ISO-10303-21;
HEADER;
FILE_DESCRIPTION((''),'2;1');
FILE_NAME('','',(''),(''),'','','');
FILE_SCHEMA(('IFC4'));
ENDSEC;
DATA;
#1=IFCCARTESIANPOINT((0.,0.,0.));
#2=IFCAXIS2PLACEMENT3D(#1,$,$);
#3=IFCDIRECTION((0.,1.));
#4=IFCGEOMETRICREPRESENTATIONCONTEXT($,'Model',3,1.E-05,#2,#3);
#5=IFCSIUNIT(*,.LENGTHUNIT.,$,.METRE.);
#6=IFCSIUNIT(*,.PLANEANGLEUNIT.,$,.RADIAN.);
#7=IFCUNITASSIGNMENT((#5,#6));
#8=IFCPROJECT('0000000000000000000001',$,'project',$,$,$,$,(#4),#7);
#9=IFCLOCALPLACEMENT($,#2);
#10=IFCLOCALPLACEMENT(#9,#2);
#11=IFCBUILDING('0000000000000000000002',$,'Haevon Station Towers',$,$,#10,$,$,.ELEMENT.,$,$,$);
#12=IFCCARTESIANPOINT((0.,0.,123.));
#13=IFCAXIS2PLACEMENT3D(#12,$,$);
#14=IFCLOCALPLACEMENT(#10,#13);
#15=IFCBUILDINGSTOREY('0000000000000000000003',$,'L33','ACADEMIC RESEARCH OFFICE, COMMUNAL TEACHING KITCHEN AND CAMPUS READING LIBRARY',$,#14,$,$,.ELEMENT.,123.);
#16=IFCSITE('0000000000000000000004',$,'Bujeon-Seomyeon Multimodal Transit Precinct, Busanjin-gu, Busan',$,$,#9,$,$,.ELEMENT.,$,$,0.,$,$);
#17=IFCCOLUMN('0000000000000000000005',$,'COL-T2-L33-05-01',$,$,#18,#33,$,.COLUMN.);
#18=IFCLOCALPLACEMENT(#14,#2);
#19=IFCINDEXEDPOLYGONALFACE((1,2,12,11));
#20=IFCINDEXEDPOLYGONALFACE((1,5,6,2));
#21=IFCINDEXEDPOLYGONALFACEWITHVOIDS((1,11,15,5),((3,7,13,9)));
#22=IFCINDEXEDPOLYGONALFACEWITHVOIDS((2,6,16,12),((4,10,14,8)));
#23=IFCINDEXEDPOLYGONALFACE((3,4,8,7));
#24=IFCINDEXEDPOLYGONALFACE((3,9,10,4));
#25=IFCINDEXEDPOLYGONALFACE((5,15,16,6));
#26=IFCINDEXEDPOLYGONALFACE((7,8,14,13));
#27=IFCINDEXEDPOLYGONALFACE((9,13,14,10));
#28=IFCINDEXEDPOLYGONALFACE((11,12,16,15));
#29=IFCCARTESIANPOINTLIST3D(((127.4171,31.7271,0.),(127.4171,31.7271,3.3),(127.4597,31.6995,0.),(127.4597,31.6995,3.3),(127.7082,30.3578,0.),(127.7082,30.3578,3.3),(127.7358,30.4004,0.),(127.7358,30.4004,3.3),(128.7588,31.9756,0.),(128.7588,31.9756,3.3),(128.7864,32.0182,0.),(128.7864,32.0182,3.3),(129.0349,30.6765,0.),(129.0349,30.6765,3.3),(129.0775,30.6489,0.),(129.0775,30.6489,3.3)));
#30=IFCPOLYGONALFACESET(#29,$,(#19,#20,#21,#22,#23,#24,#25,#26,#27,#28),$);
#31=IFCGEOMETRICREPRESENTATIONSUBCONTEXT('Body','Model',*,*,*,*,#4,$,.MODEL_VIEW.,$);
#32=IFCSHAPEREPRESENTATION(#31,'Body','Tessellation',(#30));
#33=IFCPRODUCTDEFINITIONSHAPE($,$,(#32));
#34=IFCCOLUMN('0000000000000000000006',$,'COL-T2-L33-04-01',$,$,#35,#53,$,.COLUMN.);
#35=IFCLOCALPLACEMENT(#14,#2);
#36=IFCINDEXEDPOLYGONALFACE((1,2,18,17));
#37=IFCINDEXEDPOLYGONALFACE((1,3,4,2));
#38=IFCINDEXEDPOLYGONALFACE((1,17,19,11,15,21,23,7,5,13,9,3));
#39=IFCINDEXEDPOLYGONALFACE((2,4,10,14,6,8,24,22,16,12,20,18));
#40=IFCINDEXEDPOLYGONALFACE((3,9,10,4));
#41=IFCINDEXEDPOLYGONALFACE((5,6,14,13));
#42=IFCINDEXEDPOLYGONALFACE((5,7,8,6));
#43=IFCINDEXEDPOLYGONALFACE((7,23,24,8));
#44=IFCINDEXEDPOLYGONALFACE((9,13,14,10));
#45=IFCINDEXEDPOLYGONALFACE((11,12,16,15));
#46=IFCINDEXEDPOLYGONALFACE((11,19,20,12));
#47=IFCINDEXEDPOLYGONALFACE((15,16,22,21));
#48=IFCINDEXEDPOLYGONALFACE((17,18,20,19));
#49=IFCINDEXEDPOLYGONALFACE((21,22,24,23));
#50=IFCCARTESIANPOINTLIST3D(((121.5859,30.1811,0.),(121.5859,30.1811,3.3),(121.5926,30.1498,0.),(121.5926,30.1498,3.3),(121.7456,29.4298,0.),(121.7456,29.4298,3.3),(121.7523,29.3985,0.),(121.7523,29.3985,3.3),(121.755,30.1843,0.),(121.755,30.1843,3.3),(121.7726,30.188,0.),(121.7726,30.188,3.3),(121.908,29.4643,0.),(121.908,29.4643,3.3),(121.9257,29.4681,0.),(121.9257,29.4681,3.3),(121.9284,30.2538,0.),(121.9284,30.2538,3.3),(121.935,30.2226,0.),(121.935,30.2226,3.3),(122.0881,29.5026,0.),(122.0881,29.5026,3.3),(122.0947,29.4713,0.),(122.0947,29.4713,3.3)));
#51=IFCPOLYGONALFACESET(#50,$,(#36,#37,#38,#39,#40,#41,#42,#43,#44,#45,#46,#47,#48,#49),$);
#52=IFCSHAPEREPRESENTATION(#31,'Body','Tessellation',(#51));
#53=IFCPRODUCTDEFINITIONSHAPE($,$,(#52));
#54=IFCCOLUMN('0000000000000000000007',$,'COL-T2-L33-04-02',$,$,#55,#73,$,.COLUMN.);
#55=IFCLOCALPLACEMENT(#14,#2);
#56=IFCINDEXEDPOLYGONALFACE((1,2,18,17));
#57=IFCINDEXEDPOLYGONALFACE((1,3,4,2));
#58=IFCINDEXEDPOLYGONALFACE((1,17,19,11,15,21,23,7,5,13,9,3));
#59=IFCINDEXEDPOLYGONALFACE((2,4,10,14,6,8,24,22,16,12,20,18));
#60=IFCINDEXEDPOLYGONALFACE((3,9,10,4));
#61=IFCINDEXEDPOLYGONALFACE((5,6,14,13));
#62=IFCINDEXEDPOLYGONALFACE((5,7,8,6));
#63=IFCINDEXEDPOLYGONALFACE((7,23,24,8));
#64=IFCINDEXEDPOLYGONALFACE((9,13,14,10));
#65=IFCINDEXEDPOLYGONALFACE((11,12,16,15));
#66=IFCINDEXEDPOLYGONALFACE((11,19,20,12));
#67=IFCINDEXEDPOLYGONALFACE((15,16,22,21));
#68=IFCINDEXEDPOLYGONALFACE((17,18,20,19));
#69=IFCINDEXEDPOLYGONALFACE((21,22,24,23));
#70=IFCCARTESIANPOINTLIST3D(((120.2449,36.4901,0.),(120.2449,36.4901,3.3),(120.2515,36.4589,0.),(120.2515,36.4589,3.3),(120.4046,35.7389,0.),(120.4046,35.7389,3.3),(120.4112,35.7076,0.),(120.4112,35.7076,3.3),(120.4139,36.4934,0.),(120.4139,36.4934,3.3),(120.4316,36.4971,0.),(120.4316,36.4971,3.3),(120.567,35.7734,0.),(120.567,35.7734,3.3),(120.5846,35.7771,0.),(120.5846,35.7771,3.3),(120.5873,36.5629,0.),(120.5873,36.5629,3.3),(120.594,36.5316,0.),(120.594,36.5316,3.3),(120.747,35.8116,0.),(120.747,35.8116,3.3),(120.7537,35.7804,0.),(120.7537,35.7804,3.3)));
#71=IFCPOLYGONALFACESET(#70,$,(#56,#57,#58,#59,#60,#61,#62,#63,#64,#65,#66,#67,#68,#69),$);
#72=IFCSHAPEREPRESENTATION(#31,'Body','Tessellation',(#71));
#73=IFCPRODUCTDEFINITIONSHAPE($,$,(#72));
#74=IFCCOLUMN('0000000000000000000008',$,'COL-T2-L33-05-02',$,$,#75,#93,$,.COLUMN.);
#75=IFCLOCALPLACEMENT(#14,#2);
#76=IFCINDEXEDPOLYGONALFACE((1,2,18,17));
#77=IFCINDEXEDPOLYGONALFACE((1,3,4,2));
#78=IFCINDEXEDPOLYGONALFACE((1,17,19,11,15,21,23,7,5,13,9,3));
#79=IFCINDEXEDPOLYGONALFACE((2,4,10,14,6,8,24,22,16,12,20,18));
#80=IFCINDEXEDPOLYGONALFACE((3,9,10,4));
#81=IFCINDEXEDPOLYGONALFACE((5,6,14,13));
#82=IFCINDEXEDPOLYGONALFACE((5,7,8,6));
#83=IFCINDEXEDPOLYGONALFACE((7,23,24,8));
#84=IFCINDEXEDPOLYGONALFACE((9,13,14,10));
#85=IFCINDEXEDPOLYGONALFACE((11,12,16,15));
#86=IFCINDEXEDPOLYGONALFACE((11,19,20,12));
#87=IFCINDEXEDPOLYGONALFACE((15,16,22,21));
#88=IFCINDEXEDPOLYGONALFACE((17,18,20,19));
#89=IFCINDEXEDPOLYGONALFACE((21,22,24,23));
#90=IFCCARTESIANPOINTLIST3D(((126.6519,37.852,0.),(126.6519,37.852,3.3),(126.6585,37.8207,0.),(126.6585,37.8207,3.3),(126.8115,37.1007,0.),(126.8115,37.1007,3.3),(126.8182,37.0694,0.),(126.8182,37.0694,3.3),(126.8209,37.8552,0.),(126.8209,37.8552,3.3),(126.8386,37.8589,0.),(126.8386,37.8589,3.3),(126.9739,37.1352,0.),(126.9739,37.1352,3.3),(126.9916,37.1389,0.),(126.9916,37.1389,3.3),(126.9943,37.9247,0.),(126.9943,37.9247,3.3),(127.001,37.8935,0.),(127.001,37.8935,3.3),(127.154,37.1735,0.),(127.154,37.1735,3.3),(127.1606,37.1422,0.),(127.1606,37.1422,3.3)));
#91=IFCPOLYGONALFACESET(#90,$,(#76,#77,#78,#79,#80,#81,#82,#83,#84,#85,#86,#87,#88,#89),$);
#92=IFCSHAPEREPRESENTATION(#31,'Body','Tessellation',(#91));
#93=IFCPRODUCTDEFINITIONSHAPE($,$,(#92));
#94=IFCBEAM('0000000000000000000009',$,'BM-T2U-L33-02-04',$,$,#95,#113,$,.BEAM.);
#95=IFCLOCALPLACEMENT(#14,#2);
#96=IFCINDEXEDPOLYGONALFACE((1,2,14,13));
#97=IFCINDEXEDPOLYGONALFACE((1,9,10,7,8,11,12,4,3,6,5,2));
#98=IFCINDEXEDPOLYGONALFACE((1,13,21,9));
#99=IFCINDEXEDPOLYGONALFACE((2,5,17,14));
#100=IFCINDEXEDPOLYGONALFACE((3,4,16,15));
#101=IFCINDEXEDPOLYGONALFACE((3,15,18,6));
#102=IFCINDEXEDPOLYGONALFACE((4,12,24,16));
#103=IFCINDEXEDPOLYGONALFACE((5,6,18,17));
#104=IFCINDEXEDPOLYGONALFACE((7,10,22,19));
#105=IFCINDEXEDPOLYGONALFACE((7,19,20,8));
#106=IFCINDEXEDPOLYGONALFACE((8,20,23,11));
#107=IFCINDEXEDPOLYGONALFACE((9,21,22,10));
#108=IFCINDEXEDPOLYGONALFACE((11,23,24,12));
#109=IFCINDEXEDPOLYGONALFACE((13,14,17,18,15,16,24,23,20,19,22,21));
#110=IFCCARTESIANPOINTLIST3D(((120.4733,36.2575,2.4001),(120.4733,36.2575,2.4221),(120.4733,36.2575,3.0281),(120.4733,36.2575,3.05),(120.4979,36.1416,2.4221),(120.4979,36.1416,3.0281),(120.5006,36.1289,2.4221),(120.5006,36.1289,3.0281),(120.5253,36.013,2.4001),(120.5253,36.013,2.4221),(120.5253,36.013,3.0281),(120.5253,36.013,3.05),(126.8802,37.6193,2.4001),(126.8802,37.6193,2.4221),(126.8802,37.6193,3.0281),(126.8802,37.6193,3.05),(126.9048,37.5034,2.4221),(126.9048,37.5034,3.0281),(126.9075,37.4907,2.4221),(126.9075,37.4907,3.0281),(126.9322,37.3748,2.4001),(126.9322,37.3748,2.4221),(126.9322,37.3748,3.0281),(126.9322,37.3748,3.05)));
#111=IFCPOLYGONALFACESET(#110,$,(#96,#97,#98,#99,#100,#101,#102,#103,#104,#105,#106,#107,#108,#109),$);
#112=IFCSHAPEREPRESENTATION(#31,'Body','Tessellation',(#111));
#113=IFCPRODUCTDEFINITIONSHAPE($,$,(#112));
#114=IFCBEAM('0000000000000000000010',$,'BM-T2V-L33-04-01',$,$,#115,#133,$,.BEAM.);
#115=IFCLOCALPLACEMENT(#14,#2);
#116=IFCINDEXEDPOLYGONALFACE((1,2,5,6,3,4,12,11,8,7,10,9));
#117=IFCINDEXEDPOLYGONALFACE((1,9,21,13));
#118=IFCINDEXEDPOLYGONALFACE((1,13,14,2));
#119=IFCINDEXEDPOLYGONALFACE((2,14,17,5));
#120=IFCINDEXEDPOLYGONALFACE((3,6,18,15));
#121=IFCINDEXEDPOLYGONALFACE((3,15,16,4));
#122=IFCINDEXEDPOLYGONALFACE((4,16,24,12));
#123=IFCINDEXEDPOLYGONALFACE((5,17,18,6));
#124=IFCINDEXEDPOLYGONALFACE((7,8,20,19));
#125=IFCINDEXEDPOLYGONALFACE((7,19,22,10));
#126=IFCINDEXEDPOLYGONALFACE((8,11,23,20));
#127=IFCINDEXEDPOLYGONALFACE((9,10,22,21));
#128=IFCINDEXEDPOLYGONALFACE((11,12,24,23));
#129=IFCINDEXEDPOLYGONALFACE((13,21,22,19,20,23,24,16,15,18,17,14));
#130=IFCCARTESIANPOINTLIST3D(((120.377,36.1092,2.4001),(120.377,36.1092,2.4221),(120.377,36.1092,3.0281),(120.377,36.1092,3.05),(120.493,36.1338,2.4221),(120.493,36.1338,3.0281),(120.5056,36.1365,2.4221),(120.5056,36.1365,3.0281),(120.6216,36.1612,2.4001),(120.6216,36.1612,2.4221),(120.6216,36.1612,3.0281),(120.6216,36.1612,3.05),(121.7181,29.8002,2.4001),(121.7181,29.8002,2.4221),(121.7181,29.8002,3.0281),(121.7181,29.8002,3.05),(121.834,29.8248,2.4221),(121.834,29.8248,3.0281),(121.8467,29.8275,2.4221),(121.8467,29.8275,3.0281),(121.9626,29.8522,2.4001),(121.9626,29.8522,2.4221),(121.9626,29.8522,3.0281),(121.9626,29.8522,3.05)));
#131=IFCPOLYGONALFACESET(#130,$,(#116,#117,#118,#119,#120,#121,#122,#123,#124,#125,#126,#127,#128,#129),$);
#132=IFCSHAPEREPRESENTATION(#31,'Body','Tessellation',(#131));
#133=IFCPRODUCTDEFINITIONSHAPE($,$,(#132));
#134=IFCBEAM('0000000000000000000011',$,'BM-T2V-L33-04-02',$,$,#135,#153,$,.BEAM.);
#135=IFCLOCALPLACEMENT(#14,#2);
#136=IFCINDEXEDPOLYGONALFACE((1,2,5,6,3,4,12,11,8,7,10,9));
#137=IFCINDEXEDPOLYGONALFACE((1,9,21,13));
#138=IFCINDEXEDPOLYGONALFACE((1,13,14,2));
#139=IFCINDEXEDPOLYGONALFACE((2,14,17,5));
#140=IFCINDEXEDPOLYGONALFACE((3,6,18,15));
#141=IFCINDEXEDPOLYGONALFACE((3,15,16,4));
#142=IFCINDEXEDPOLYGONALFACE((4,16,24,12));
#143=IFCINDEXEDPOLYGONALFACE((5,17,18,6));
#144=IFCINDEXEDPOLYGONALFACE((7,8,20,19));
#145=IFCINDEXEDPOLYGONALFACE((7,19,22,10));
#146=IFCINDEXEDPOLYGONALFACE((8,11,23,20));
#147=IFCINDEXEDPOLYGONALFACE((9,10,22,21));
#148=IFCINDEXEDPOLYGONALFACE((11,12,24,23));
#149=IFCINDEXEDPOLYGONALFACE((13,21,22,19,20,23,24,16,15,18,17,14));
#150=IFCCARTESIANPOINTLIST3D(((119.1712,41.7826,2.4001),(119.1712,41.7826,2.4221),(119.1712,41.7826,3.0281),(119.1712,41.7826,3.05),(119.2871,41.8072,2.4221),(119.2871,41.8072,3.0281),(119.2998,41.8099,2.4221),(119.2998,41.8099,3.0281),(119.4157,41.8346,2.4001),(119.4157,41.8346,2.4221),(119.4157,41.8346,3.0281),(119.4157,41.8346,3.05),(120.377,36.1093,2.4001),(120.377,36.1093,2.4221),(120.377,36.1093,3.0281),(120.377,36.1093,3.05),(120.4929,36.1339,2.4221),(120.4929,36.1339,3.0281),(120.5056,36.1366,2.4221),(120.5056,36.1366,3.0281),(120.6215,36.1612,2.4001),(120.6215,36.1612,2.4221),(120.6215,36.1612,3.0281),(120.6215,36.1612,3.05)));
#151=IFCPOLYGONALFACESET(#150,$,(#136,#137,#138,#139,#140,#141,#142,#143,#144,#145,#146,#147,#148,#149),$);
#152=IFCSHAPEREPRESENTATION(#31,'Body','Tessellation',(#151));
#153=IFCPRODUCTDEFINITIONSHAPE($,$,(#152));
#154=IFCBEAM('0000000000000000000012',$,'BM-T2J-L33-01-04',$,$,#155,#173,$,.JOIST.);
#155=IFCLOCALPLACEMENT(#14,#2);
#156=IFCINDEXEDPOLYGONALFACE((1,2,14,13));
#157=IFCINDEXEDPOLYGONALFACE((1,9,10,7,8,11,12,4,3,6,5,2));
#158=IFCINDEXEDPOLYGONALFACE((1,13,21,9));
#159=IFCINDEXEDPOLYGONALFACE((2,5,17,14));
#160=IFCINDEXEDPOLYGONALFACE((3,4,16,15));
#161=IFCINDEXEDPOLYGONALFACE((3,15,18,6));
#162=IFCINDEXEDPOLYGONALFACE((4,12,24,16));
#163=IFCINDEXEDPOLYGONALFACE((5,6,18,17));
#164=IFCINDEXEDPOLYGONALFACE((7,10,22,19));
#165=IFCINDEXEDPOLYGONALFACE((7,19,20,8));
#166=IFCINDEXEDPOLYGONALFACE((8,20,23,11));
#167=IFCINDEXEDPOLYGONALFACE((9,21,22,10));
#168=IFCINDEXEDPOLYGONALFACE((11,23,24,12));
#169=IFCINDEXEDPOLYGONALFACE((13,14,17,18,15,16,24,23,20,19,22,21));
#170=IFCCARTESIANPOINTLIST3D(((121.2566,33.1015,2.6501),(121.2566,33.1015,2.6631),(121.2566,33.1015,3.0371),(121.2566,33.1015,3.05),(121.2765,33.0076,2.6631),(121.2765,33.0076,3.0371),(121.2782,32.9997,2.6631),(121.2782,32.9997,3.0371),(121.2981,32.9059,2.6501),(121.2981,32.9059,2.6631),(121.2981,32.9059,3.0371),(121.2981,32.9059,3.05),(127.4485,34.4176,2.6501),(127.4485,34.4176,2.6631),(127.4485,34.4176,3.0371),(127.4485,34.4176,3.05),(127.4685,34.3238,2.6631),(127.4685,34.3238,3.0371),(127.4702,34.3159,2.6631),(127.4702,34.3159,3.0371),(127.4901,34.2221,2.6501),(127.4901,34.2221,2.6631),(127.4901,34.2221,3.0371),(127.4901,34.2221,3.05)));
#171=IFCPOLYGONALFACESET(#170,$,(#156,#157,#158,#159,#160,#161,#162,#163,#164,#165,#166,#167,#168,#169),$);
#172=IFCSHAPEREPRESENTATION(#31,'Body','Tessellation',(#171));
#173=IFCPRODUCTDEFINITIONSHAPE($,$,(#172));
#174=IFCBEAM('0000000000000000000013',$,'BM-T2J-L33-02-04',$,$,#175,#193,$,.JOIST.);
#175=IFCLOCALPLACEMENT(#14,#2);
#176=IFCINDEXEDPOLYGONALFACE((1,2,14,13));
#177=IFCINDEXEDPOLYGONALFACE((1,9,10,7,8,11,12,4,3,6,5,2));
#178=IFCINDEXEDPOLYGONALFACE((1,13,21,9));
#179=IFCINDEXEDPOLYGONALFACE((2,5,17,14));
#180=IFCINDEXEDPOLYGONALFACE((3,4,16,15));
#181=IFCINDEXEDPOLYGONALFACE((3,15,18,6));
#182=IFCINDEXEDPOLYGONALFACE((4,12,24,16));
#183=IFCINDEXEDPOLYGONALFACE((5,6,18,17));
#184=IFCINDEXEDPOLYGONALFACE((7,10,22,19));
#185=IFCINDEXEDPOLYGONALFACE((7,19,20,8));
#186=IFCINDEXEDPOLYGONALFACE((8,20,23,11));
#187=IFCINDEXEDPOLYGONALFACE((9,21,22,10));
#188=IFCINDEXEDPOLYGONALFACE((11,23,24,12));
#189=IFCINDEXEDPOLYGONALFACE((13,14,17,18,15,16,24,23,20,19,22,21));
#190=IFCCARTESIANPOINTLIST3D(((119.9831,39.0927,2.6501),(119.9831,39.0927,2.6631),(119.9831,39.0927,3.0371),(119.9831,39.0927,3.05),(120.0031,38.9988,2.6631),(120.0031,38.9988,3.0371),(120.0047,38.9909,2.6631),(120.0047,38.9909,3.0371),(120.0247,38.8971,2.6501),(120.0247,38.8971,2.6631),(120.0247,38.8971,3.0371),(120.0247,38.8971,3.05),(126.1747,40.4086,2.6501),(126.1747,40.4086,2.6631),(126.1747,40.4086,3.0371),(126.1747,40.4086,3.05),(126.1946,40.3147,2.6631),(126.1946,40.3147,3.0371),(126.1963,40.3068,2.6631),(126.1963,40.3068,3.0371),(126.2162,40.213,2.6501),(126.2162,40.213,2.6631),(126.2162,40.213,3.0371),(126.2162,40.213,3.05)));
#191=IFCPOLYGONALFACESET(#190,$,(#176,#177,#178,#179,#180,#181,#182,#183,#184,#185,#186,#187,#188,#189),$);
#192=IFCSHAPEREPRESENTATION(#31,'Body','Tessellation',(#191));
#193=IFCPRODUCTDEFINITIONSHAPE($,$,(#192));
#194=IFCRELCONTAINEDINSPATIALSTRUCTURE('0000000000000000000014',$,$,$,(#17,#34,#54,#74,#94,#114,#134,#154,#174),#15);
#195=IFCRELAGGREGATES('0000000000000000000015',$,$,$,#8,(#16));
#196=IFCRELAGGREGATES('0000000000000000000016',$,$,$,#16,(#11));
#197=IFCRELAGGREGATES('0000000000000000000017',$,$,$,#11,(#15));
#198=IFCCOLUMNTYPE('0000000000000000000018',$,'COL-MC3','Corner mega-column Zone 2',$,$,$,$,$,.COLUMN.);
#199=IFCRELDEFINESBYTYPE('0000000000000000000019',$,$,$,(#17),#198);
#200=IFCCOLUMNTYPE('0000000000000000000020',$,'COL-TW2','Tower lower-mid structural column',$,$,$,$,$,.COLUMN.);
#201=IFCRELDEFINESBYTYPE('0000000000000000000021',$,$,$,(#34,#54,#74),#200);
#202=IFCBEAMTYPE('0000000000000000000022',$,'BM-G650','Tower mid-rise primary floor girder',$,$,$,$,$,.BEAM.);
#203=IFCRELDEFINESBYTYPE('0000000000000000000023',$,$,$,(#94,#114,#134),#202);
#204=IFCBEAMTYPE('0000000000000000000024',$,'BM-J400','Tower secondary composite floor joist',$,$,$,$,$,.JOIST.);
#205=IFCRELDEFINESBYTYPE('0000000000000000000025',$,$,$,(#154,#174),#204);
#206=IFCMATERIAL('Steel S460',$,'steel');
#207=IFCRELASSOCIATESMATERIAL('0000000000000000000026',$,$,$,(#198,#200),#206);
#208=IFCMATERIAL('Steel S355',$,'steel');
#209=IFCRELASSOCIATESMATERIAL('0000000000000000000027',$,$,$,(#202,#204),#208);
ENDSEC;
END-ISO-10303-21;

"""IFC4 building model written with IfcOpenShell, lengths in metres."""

from ifc_helpers import new_model, si_unit, direction, frame, origin, origin_2d, place, context, subcontext, project, spatial, hollow_rectangle, i_section, extrude, material, material_profile, profile_set, type_object, element, save


model = new_model("IFC4")

# Units and contexts
model_context = context("Model", 3, precision=1e-05, world=origin(), true_north=direction((0.0, 1.0)))
body_context = subcontext(model_context, "Body", "Model", "MODEL_VIEW")
ifc_project = project(units=[si_unit("LENGTHUNIT", "METRE"), si_unit("PLANEANGLEUNIT", "RADIAN")], contexts=[model_context])

# Site, building, storey
site_placement = place(None, origin())
site = spatial("IfcSite", under=ifc_project, at=site_placement, Name="Bujeon-Seomyeon Multimodal Transit Precinct, Busanjin-gu, Busan", CompositionType="ELEMENT", RefElevation=0.0)
building_placement = place(site_placement, origin())
building = spatial("IfcBuilding", under=site, at=building_placement, Name="Haevon Station Towers", CompositionType="ELEMENT")
storey_placement = place(building_placement, frame((0.0, 0.0, 123.0)))
storey = spatial("IfcBuildingStorey", under=building, at=storey_placement, Name="L33", Description="ACADEMIC RESEARCH OFFICE, COMMUNAL TEACHING KITCHEN AND CAMPUS READING LIBRARY", CompositionType="ELEMENT", Elevation=123.0)

# Columns
ifc_material_1 = material(Name="Steel S460", Category="steel")
ifc_material_profile_1 = material_profile(ifc_material_1, hollow_rectangle(XDim=1.3999, YDim=1.3999, WallThickness=0.0359, at=origin_2d()), Name="BOX-1400x1400x36")
ifc_profile_set_1 = profile_set([ifc_material_profile_1], Name="Steel S460")
column_type_1 = type_object("IfcColumnType", Name="COL-MC3", Description="Corner mega-column Zone 2", PredefinedType="COLUMN", material=ifc_profile_set_1)
column_placement = place(storey_placement, frame((128.2473, 31.188, 0.0), z_axis=(0.0, 0.0, 1.0), x_axis=(0.978148, 0.207912, 0.0)))
element("IfcColumn", 1, at=column_placement, inside=storey, type_object=column_type_1, Name="COL-T2-L33-05-01", PredefinedType="COLUMN", context=body_context, shape_type="SweptSolid", body=[
    extrude(hollow_rectangle(XDim=1.3999, YDim=1.3999, WallThickness=0.0359, at=origin_2d()), origin(), (0.0, 0.0, 1.0), 3.3),
])
ifc_material_profile_2 = material_profile(ifc_material_1, i_section(OverallWidth=0.3501, OverallDepth=0.8, WebThickness=0.0181, FlangeThickness=0.032, at=origin_2d()), Name="H-800x350x18x32")
ifc_profile_set_2 = profile_set([ifc_material_profile_2], Name="Steel S460")
column_type_2 = type_object("IfcColumnType", Name="COL-TW2", Description="Tower lower-mid structural column", PredefinedType="COLUMN", material=ifc_profile_set_2)
for number, where, z_axis, x_axis, name in (
    (2, (121.8403, 29.8262, 0.0), (0.0, 0.0, 1.0), (0.978148, 0.207912, 0.0), "COL-T2-L33-04-01"),
    (3, (120.4993, 36.1353, 0.0), (0.0, 0.0, 1.0), (0.978148, 0.207912, 0.0), "COL-T2-L33-04-02"),
    (4, (126.9062, 37.4971, 0.0), (0.0, 0.0, 1.0), (0.978148, 0.207912, 0.0), "COL-T2-L33-05-02"),
):
    element("IfcColumn", number, at=place(storey_placement, frame(where, z_axis=z_axis, x_axis=x_axis)), inside=storey, type_object=column_type_2, Name=name, PredefinedType="COLUMN", context=body_context, shape_type="SweptSolid", body=[
        extrude(i_section(OverallWidth=0.3501, OverallDepth=0.8, WebThickness=0.0181, FlangeThickness=0.032, at=origin_2d()), origin(), (0.0, 0.0, 1.0), 3.3),
    ])

# Beams
ifc_material_2 = material(Name="Steel S355", Category="steel")
ifc_material_profile_3 = material_profile(ifc_material_2, i_section(OverallWidth=0.25, OverallDepth=0.6499, WebThickness=0.0129, FlangeThickness=0.022, at=origin_2d()), Name="H-650x250x13x22")
ifc_profile_set_3 = profile_set([ifc_material_profile_3], Name="Steel S355")
beam_type_1 = type_object("IfcBeamType", Name="BM-G650", Description="Tower mid-rise primary floor girder", PredefinedType="BEAM", material=ifc_profile_set_3)
beam_1_placement = place(storey_placement, frame((120.4993, 36.1353, 2.7251), z_axis=(0.978149, 0.207907, 0.0), x_axis=(-0.207907, 0.978149, 0.0)))
element("IfcBeam", 5, at=beam_1_placement, inside=storey, type_object=beam_type_1, Name="BM-T2U-L33-02-04", PredefinedType="BEAM", context=body_context, shape_type="SweptSolid", body=[
    extrude(i_section(OverallWidth=0.25, OverallDepth=0.6499, WebThickness=0.0129, FlangeThickness=0.022, at=origin_2d()), origin(), (0.0, 0.0, 1.0), 6.55),
])
beam_2_placement = place(storey_placement, frame((121.8403, 29.8262, 2.7251), z_axis=(-0.207916, 0.978147, 0.0), x_axis=(-0.978147, -0.207916, 0.0)))
element("IfcBeam", 6, at=beam_2_placement, inside=storey, type_object=beam_type_1, Name="BM-T2V-L33-04-01", PredefinedType="BEAM", context=body_context, shape_type="SweptSolid", body=[
    extrude(i_section(OverallWidth=0.25, OverallDepth=0.6499, WebThickness=0.0129, FlangeThickness=0.022, at=origin_2d()), origin(), (0.0, 0.0, 1.0), 6.45),
])
beam_3_placement = place(storey_placement, frame((120.4993, 36.1353, 2.7251), z_axis=(-0.207896, 0.978151, 0.0), x_axis=(-0.978151, -0.207896, 0.0)))
element("IfcBeam", 7, at=beam_3_placement, inside=storey, type_object=beam_type_1, Name="BM-T2V-L33-04-02", PredefinedType="BEAM", context=body_context, shape_type="SweptSolid", body=[
    extrude(i_section(OverallWidth=0.25, OverallDepth=0.6499, WebThickness=0.0129, FlangeThickness=0.022, at=origin_2d()), origin(), (0.0, 0.0, 1.0), 5.8),
])
ifc_material_profile_4 = material_profile(ifc_material_2, i_section(OverallWidth=0.2, OverallDepth=0.3999, WebThickness=0.0081, FlangeThickness=0.0129, at=origin_2d()), Name="H-400x200x8x13")
ifc_profile_set_4 = profile_set([ifc_material_profile_4], Name="Steel S355")
beam_type_2 = type_object("IfcBeamType", Name="BM-J400", Description="Tower secondary composite floor joist", PredefinedType="JOIST", material=ifc_profile_set_4)
beam_4_placement = place(storey_placement, frame((121.2773, 33.0037, 2.8501), z_axis=(0.978146, 0.207917, 0.0), x_axis=(-0.207917, 0.978146, 0.0)))
element("IfcBeam", 8, at=beam_4_placement, inside=storey, type_object=beam_type_2, Name="BM-T2J-L33-01-04", PredefinedType="JOIST", context=body_context, shape_type="SweptSolid", body=[
    extrude(i_section(OverallWidth=0.2, OverallDepth=0.3999, WebThickness=0.0081, FlangeThickness=0.0129, at=origin_2d()), origin(), (0.0, 0.0, 1.0), 6.3303),
])
beam_5_placement = place(storey_placement, frame((120.0039, 38.9949, 2.8501), z_axis=(0.978153, 0.207888, 0.0), x_axis=(-0.207888, 0.978153, 0.0)))
element("IfcBeam", 9, at=beam_5_placement, inside=storey, type_object=beam_type_2, Name="BM-T2J-L33-02-04", PredefinedType="JOIST", context=body_context, shape_type="SweptSolid", body=[
    extrude(i_section(OverallWidth=0.2, OverallDepth=0.3999, WebThickness=0.0081, FlangeThickness=0.0129, at=origin_2d()), origin(), (0.0, 0.0, 1.0), 6.3298),
])

save(model, "model.ifc")
